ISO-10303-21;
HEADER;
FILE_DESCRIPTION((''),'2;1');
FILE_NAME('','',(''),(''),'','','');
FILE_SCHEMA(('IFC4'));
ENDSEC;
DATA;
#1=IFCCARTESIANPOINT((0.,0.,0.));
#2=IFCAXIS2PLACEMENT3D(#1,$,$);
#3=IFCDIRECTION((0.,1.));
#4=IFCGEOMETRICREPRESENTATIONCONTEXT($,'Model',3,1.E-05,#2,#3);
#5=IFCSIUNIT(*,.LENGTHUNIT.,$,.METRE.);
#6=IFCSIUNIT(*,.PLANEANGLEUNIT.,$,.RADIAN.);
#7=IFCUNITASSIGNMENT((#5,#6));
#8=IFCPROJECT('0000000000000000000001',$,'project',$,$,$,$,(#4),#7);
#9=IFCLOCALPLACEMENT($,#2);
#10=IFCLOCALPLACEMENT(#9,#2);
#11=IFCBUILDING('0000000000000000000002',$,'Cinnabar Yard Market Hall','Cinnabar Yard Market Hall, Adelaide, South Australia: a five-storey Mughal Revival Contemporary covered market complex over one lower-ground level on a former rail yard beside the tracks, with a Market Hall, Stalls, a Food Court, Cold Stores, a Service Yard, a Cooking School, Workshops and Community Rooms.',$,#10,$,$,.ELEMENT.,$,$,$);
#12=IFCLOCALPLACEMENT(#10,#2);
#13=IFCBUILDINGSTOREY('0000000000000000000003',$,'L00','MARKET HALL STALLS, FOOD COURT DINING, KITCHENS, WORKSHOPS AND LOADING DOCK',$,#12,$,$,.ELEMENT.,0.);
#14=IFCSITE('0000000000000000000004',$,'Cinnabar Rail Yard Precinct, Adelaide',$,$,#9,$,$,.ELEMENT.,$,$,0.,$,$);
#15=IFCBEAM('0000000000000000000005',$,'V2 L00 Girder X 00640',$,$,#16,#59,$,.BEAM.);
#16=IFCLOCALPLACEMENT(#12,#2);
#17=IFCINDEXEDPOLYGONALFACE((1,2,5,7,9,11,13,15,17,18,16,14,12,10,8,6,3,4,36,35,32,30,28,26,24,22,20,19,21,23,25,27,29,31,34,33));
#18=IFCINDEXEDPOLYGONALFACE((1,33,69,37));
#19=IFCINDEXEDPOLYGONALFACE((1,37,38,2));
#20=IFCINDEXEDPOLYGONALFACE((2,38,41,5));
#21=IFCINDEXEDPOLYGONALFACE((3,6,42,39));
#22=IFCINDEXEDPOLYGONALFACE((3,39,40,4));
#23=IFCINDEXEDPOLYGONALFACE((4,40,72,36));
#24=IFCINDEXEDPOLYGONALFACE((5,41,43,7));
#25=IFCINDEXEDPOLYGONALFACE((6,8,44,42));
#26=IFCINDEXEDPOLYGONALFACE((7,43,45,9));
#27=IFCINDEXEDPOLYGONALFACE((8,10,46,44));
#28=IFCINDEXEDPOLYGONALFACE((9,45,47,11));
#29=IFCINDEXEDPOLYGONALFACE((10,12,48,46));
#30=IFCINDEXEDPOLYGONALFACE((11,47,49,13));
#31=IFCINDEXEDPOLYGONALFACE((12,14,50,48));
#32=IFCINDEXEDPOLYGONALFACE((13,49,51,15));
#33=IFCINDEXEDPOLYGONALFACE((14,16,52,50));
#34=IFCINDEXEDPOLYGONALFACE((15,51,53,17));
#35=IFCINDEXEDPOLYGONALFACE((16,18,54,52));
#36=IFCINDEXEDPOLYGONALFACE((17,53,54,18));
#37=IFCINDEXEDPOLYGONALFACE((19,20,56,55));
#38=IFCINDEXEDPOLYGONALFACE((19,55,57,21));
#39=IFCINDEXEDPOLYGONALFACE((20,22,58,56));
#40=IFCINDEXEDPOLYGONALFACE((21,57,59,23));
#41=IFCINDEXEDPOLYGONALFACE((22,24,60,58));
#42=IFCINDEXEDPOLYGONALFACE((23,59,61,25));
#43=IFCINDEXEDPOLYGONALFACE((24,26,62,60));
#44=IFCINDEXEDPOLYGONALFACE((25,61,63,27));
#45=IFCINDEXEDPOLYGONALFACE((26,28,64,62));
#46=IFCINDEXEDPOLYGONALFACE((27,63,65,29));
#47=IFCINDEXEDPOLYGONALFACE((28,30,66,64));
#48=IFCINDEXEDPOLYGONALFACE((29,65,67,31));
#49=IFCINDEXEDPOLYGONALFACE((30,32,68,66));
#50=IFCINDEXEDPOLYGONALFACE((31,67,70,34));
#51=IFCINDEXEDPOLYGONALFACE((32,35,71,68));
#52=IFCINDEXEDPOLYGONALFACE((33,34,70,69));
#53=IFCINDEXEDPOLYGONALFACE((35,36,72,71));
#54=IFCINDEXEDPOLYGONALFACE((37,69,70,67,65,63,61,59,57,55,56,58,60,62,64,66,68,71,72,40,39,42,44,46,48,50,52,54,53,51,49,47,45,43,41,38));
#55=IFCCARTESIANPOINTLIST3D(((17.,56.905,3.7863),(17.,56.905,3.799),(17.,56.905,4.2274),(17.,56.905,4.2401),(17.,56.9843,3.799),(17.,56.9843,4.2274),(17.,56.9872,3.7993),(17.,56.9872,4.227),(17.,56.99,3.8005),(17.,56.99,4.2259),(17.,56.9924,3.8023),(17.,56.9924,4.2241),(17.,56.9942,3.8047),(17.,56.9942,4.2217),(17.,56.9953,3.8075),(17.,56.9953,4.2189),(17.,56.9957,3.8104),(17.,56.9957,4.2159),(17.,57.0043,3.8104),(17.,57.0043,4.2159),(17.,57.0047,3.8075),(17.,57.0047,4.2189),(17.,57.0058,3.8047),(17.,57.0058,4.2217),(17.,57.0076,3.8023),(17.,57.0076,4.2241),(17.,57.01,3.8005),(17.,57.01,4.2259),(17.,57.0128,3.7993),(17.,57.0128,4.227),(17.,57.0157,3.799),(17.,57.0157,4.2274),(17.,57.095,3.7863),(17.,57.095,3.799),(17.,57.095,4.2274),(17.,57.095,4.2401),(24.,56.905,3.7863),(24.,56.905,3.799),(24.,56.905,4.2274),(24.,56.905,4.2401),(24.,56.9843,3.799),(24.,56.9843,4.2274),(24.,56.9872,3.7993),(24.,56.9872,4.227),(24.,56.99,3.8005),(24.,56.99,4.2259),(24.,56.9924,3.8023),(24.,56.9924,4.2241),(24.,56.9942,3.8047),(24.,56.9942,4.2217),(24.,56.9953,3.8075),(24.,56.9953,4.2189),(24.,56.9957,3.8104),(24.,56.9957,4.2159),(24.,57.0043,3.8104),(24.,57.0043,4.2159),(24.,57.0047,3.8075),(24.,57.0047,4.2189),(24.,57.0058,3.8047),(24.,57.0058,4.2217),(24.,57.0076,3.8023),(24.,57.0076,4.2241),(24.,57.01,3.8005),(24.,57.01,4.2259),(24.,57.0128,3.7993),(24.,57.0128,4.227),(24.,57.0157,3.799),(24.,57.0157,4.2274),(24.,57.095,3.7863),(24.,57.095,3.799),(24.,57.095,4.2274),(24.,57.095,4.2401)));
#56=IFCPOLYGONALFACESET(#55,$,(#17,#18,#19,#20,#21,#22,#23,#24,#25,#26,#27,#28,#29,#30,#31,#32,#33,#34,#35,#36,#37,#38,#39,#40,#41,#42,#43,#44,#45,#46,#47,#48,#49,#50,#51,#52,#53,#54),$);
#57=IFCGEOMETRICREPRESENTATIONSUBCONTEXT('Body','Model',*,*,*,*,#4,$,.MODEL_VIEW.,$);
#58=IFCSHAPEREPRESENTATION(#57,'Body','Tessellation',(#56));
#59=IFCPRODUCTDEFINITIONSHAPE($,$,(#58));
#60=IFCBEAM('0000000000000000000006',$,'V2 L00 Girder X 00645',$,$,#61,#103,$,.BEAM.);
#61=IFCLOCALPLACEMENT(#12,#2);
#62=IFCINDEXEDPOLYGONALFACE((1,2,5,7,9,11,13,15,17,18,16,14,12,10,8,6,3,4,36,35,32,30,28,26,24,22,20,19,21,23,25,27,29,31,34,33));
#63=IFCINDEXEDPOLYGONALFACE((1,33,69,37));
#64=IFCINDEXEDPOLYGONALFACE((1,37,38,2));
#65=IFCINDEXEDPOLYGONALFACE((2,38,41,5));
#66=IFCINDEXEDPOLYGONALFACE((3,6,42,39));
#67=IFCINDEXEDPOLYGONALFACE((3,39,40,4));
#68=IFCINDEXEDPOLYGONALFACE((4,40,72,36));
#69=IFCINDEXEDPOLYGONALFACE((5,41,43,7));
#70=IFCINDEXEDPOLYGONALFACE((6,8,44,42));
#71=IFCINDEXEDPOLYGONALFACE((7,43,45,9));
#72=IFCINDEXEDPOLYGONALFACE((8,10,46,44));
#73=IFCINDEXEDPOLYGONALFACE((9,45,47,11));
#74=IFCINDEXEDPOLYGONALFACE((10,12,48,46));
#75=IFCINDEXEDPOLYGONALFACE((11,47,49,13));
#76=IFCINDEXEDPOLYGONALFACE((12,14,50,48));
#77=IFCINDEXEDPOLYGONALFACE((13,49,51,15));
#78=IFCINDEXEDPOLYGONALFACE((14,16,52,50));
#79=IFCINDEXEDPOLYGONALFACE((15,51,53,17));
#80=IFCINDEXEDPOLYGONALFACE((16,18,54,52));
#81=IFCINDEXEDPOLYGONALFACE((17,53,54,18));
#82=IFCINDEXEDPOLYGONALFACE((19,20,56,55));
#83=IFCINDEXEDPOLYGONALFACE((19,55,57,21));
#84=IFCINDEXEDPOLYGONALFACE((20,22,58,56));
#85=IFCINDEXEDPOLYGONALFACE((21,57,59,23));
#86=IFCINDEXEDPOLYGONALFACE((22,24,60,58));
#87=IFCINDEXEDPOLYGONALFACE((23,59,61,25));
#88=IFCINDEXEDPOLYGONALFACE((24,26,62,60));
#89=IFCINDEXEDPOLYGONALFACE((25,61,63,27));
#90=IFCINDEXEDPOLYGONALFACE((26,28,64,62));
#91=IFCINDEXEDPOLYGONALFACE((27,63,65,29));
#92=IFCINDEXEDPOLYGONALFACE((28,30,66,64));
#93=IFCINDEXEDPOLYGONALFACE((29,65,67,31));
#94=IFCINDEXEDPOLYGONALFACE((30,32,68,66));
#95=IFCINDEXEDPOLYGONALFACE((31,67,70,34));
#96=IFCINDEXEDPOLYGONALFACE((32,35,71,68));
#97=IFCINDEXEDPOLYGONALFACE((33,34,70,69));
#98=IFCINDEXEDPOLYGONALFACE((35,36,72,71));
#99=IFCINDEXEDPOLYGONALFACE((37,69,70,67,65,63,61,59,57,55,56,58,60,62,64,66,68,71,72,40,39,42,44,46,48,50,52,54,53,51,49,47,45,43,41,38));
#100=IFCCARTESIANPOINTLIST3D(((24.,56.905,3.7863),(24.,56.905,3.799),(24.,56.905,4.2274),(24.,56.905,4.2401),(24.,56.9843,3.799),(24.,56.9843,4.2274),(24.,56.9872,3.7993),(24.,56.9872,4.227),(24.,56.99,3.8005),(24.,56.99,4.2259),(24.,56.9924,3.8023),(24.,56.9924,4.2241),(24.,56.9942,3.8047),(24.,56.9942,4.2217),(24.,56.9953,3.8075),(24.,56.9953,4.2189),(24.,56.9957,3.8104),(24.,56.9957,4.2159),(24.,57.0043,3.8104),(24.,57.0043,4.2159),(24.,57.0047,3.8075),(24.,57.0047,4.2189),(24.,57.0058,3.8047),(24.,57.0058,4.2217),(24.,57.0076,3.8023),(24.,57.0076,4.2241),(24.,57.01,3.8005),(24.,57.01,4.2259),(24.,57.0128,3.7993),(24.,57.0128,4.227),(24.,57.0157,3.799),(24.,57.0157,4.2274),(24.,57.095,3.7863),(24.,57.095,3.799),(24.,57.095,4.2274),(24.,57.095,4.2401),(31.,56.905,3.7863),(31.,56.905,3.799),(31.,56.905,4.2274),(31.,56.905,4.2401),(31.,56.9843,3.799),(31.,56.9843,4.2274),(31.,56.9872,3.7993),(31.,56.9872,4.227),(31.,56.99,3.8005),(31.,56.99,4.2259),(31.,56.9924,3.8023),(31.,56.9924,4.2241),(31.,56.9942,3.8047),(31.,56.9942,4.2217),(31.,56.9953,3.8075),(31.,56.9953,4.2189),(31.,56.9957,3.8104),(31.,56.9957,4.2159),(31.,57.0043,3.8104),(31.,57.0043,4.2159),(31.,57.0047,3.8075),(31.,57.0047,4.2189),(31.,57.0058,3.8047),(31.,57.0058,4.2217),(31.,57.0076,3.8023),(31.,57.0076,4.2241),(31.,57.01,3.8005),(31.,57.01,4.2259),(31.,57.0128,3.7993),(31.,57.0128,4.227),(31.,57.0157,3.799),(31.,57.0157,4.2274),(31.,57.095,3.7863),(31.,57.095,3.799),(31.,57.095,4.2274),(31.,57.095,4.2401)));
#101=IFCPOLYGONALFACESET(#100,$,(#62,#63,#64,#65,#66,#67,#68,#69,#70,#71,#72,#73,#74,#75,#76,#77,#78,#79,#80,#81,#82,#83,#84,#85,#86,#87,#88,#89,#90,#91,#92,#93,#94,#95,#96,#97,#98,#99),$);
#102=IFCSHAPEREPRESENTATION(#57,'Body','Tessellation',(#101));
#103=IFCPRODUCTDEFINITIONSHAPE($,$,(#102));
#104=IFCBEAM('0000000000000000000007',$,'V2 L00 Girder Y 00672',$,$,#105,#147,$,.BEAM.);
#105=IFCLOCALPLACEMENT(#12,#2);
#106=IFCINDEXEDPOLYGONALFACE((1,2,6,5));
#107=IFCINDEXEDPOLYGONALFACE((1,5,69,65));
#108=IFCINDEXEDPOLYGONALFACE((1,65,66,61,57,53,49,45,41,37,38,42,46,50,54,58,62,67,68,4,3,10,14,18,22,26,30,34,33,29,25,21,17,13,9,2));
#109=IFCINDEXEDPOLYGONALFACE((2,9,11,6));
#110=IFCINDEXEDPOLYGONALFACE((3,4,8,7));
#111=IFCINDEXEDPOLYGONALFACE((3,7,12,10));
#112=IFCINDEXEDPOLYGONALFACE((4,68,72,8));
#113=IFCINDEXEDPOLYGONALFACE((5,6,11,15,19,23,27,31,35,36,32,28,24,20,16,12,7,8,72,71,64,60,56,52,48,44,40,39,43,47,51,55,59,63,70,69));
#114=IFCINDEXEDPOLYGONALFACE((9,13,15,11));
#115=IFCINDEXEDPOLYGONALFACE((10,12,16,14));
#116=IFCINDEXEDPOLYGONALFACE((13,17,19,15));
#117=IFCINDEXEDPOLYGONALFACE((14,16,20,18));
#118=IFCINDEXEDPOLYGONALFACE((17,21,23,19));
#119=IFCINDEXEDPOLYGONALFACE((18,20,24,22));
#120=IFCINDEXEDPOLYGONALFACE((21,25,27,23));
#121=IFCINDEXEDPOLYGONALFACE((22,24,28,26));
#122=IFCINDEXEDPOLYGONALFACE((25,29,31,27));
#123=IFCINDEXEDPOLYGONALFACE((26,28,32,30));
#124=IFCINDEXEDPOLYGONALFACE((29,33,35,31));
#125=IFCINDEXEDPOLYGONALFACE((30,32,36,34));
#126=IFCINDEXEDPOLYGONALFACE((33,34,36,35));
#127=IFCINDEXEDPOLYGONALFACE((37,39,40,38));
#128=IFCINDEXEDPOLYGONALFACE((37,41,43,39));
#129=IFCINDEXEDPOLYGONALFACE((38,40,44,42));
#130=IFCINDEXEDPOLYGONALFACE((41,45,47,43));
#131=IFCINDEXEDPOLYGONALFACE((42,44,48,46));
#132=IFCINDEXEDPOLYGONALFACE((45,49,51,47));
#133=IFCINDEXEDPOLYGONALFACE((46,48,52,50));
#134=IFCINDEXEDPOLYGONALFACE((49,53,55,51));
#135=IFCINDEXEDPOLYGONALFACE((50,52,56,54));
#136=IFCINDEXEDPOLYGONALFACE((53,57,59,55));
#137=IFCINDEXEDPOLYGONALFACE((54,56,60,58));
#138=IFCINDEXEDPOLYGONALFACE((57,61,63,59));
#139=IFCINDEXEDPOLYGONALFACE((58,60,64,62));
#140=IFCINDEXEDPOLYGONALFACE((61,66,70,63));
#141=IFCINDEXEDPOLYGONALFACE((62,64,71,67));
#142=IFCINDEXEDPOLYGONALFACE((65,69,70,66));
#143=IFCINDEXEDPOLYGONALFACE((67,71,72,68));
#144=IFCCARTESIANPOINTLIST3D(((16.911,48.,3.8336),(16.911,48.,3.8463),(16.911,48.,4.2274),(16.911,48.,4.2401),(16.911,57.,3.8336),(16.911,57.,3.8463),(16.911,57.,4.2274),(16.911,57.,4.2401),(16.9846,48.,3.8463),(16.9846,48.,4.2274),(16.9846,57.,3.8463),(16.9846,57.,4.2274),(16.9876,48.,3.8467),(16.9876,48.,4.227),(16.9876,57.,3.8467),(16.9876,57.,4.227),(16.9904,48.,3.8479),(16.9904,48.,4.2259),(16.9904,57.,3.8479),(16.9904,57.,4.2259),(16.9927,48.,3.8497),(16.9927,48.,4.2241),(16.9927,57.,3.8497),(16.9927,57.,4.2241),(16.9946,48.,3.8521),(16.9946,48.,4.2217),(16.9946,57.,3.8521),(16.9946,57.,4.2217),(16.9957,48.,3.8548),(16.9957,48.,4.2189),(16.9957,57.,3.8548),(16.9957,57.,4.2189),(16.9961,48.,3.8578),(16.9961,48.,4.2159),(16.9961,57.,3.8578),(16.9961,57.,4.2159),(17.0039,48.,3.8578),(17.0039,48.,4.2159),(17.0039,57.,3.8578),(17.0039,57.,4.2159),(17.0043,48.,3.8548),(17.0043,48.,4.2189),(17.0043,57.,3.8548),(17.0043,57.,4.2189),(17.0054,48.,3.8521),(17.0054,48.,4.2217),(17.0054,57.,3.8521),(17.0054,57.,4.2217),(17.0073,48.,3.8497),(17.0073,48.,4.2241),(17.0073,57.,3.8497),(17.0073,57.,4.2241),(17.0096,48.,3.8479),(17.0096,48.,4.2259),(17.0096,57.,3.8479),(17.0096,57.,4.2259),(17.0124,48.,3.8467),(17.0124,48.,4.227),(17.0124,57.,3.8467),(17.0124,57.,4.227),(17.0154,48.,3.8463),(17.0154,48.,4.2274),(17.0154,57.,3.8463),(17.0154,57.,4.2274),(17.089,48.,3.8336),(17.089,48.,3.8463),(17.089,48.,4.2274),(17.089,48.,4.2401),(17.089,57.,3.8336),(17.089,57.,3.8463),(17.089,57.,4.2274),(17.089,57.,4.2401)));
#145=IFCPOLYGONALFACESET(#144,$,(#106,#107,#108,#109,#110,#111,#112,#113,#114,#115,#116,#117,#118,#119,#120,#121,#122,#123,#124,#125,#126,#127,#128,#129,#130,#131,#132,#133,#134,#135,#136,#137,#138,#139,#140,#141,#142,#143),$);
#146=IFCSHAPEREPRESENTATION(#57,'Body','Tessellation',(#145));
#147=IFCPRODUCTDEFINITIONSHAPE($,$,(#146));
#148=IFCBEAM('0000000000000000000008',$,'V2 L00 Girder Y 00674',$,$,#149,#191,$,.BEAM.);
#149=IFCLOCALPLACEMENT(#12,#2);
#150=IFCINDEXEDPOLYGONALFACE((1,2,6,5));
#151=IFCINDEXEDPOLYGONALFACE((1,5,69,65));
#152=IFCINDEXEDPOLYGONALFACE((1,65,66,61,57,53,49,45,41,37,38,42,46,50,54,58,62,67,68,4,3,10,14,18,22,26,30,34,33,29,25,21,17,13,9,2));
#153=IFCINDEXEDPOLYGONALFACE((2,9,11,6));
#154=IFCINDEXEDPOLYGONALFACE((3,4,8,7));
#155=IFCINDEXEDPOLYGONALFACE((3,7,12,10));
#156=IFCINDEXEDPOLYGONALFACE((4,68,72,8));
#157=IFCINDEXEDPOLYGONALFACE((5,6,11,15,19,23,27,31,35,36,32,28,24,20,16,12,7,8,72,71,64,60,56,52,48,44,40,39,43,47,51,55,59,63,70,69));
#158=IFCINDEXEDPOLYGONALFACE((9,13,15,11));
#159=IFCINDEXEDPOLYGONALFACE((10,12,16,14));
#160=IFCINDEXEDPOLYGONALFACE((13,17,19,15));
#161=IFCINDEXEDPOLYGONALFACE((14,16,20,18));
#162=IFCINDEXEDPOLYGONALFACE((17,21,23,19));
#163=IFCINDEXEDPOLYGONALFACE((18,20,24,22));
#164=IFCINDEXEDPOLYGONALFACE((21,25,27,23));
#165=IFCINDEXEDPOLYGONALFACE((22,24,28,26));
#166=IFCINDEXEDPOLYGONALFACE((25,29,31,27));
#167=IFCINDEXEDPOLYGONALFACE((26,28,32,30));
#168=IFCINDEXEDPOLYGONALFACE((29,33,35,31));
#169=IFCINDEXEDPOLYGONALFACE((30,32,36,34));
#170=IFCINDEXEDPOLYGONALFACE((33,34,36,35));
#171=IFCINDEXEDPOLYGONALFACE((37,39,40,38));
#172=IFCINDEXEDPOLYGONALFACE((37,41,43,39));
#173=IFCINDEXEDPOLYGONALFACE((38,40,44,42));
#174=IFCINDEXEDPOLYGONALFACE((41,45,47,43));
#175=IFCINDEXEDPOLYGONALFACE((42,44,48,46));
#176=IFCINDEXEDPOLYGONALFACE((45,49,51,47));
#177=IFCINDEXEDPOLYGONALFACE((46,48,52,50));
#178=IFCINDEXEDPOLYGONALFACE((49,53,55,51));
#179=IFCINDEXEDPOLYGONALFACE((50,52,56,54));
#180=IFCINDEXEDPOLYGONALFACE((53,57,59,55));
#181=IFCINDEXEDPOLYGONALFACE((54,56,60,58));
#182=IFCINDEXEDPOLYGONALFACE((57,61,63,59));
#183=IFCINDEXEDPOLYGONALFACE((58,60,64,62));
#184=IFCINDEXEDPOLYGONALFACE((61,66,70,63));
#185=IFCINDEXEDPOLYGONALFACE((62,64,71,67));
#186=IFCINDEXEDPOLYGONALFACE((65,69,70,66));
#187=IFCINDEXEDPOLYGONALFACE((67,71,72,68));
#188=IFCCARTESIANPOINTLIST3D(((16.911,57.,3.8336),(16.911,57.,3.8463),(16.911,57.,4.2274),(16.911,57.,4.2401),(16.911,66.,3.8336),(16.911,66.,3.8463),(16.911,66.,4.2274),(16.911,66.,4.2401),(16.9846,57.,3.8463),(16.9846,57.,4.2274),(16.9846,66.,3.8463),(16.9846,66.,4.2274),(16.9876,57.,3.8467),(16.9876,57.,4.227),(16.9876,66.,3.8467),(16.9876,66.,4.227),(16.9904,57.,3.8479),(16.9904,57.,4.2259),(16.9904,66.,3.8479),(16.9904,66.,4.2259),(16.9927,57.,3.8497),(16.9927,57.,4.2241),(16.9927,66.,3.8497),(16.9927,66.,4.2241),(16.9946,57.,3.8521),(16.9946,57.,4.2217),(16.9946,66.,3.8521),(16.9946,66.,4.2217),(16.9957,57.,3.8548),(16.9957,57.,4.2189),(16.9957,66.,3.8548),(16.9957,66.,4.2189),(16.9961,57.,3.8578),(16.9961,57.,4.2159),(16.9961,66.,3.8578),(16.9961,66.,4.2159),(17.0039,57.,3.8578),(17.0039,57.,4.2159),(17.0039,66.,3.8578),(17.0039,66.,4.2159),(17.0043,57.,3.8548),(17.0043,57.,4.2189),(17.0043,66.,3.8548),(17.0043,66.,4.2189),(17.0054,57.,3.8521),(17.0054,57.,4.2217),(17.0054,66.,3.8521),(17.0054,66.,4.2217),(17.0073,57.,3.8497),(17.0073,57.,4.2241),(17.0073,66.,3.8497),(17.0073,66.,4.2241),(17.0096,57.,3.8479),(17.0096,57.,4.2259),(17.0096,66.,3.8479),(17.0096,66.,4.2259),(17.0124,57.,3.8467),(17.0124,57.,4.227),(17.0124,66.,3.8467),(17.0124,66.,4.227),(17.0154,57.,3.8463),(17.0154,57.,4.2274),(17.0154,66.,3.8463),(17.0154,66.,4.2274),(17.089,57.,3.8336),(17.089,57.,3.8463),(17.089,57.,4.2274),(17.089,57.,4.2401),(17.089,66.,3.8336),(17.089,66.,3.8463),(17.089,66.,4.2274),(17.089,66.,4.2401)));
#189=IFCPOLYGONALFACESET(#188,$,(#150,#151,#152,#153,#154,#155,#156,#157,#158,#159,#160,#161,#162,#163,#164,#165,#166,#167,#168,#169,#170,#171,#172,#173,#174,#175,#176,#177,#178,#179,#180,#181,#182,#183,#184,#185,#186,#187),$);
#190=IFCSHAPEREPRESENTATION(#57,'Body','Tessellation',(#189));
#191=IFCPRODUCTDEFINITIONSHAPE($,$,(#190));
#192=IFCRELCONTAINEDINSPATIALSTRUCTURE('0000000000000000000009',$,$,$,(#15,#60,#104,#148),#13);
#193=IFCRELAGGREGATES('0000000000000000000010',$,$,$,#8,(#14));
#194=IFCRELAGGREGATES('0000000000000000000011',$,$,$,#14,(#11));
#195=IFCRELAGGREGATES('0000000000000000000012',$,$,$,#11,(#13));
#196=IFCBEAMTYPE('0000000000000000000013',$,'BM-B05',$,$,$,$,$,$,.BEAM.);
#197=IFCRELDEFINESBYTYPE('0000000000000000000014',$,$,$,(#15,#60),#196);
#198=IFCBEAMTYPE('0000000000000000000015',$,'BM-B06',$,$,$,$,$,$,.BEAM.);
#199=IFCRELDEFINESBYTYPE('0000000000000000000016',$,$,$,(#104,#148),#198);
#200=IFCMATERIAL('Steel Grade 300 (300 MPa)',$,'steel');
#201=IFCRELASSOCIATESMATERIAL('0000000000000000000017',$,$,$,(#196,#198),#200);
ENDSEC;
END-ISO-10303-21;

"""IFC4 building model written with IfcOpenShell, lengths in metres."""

from ifc_helpers import new_model, si_unit, direction, frame, origin, origin_2d_with_axis, place, context, subcontext, project, spatial, i_section, extrude, material, material_profile, profile_set, type_object, element, save


model = new_model("IFC4")

# Units and contexts
model_context = context("Model", 3, precision=1e-05, world=origin(), true_north=direction((0.0, 1.0)))
body_context = subcontext(model_context, "Body", "Model", "MODEL_VIEW")
ifc_project = project(units=[si_unit("LENGTHUNIT", "METRE"), si_unit("PLANEANGLEUNIT", "RADIAN")], contexts=[model_context])

# Site, building, storey
site_placement = place(None, origin())
site = spatial("IfcSite", under=ifc_project, at=site_placement, Name="Cinnabar Rail Yard Precinct, Adelaide", CompositionType="ELEMENT", RefElevation=0.0)
building_placement = place(site_placement, origin())
building = spatial("IfcBuilding", under=site, at=building_placement, Name="Cinnabar Yard Market Hall", Description="Cinnabar Yard Market Hall, Adelaide, South Australia: a five-storey Mughal Revival Contemporary covered market complex over one lower-ground level on a former rail yard beside the tracks, with a Market Hall, Stalls, a Food Court, Cold Stores, a Service Yard, a Cooking School, Workshops and Community Rooms.", CompositionType="ELEMENT")
storey_placement = place(building_placement, origin())
storey = spatial("IfcBuildingStorey", under=building, at=storey_placement, Name="L00", Description="MARKET HALL STALLS, FOOD COURT DINING, KITCHENS, WORKSHOPS AND LOADING DOCK", CompositionType="ELEMENT", Elevation=0.0)

# Shared definitions
ifc_material_1 = material(Name="Steel Grade 300 (300 MPa)", Category="steel")

# Beams
ifc_material_profile_1 = material_profile(ifc_material_1, i_section(OverallWidth=0.1899, OverallDepth=0.4539, WebThickness=0.0085, FlangeThickness=0.0127, FilletRadius=0.0115, at=origin_2d_with_axis()), Name="460UB67.1")
ifc_profile_set_1 = profile_set([ifc_material_profile_1], Name="Steel Grade 300 (300 MPa)")
beam_type_1 = type_object("IfcBeamType", Name="BM-B05", PredefinedType="BEAM", material=ifc_profile_set_1)
for number, where, z_axis, x_axis, name in (
    (1, (17.0, 57.0, 4.0132), (1.0, 0.0, 0.0), (0.0, 1.0, 0.0), "V2 L00 Girder X 00640"),
    (2, (24.0, 57.0, 4.0132), (1.0, 0.0, 0.0), (0.0, 1.0, 0.0), "V2 L00 Girder X 00645"),
):
    element("IfcBeam", number, at=place(storey_placement, frame(where, z_axis=z_axis, x_axis=x_axis)), inside=storey, type_object=beam_type_1, Name=name, PredefinedType="BEAM", context=body_context, shape_type="SweptSolid", body=[
        extrude(i_section(OverallWidth=0.1899, OverallDepth=0.4539, WebThickness=0.0085, FlangeThickness=0.0127, FilletRadius=0.0115, at=origin_2d_with_axis()), origin(), (0.0, 0.0, 1.0), 7.0),
    ])
ifc_material_profile_2 = material_profile(ifc_material_1, i_section(OverallWidth=0.178, OverallDepth=0.4065, WebThickness=0.0078, FlangeThickness=0.0127, FilletRadius=0.0115, at=origin_2d_with_axis()), Name="410UB59.7")
ifc_profile_set_2 = profile_set([ifc_material_profile_2], Name="Steel Grade 300 (300 MPa)")
beam_type_2 = type_object("IfcBeamType", Name="BM-B06", PredefinedType="BEAM", material=ifc_profile_set_2)
for number, where, z_axis, x_axis, name in (
    (3, (17.0, 48.0, 4.0369), (0.0, 1.0, 0.0), (-1.0, 0.0, 0.0), "V2 L00 Girder Y 00672"),
    (4, (17.0, 57.0, 4.0369), (0.0, 1.0, 0.0), (-1.0, 0.0, 0.0), "V2 L00 Girder Y 00674"),
):
    element("IfcBeam", number, at=place(storey_placement, frame(where, z_axis=z_axis, x_axis=x_axis)), inside=storey, type_object=beam_type_2, Name=name, PredefinedType="BEAM", context=body_context, shape_type="SweptSolid", body=[
        extrude(i_section(OverallWidth=0.178, OverallDepth=0.4065, WebThickness=0.0078, FlangeThickness=0.0127, FilletRadius=0.0115, at=origin_2d_with_axis()), origin(), (0.0, 0.0, 1.0), 9.0),
    ])

save(model, "model.ifc")
